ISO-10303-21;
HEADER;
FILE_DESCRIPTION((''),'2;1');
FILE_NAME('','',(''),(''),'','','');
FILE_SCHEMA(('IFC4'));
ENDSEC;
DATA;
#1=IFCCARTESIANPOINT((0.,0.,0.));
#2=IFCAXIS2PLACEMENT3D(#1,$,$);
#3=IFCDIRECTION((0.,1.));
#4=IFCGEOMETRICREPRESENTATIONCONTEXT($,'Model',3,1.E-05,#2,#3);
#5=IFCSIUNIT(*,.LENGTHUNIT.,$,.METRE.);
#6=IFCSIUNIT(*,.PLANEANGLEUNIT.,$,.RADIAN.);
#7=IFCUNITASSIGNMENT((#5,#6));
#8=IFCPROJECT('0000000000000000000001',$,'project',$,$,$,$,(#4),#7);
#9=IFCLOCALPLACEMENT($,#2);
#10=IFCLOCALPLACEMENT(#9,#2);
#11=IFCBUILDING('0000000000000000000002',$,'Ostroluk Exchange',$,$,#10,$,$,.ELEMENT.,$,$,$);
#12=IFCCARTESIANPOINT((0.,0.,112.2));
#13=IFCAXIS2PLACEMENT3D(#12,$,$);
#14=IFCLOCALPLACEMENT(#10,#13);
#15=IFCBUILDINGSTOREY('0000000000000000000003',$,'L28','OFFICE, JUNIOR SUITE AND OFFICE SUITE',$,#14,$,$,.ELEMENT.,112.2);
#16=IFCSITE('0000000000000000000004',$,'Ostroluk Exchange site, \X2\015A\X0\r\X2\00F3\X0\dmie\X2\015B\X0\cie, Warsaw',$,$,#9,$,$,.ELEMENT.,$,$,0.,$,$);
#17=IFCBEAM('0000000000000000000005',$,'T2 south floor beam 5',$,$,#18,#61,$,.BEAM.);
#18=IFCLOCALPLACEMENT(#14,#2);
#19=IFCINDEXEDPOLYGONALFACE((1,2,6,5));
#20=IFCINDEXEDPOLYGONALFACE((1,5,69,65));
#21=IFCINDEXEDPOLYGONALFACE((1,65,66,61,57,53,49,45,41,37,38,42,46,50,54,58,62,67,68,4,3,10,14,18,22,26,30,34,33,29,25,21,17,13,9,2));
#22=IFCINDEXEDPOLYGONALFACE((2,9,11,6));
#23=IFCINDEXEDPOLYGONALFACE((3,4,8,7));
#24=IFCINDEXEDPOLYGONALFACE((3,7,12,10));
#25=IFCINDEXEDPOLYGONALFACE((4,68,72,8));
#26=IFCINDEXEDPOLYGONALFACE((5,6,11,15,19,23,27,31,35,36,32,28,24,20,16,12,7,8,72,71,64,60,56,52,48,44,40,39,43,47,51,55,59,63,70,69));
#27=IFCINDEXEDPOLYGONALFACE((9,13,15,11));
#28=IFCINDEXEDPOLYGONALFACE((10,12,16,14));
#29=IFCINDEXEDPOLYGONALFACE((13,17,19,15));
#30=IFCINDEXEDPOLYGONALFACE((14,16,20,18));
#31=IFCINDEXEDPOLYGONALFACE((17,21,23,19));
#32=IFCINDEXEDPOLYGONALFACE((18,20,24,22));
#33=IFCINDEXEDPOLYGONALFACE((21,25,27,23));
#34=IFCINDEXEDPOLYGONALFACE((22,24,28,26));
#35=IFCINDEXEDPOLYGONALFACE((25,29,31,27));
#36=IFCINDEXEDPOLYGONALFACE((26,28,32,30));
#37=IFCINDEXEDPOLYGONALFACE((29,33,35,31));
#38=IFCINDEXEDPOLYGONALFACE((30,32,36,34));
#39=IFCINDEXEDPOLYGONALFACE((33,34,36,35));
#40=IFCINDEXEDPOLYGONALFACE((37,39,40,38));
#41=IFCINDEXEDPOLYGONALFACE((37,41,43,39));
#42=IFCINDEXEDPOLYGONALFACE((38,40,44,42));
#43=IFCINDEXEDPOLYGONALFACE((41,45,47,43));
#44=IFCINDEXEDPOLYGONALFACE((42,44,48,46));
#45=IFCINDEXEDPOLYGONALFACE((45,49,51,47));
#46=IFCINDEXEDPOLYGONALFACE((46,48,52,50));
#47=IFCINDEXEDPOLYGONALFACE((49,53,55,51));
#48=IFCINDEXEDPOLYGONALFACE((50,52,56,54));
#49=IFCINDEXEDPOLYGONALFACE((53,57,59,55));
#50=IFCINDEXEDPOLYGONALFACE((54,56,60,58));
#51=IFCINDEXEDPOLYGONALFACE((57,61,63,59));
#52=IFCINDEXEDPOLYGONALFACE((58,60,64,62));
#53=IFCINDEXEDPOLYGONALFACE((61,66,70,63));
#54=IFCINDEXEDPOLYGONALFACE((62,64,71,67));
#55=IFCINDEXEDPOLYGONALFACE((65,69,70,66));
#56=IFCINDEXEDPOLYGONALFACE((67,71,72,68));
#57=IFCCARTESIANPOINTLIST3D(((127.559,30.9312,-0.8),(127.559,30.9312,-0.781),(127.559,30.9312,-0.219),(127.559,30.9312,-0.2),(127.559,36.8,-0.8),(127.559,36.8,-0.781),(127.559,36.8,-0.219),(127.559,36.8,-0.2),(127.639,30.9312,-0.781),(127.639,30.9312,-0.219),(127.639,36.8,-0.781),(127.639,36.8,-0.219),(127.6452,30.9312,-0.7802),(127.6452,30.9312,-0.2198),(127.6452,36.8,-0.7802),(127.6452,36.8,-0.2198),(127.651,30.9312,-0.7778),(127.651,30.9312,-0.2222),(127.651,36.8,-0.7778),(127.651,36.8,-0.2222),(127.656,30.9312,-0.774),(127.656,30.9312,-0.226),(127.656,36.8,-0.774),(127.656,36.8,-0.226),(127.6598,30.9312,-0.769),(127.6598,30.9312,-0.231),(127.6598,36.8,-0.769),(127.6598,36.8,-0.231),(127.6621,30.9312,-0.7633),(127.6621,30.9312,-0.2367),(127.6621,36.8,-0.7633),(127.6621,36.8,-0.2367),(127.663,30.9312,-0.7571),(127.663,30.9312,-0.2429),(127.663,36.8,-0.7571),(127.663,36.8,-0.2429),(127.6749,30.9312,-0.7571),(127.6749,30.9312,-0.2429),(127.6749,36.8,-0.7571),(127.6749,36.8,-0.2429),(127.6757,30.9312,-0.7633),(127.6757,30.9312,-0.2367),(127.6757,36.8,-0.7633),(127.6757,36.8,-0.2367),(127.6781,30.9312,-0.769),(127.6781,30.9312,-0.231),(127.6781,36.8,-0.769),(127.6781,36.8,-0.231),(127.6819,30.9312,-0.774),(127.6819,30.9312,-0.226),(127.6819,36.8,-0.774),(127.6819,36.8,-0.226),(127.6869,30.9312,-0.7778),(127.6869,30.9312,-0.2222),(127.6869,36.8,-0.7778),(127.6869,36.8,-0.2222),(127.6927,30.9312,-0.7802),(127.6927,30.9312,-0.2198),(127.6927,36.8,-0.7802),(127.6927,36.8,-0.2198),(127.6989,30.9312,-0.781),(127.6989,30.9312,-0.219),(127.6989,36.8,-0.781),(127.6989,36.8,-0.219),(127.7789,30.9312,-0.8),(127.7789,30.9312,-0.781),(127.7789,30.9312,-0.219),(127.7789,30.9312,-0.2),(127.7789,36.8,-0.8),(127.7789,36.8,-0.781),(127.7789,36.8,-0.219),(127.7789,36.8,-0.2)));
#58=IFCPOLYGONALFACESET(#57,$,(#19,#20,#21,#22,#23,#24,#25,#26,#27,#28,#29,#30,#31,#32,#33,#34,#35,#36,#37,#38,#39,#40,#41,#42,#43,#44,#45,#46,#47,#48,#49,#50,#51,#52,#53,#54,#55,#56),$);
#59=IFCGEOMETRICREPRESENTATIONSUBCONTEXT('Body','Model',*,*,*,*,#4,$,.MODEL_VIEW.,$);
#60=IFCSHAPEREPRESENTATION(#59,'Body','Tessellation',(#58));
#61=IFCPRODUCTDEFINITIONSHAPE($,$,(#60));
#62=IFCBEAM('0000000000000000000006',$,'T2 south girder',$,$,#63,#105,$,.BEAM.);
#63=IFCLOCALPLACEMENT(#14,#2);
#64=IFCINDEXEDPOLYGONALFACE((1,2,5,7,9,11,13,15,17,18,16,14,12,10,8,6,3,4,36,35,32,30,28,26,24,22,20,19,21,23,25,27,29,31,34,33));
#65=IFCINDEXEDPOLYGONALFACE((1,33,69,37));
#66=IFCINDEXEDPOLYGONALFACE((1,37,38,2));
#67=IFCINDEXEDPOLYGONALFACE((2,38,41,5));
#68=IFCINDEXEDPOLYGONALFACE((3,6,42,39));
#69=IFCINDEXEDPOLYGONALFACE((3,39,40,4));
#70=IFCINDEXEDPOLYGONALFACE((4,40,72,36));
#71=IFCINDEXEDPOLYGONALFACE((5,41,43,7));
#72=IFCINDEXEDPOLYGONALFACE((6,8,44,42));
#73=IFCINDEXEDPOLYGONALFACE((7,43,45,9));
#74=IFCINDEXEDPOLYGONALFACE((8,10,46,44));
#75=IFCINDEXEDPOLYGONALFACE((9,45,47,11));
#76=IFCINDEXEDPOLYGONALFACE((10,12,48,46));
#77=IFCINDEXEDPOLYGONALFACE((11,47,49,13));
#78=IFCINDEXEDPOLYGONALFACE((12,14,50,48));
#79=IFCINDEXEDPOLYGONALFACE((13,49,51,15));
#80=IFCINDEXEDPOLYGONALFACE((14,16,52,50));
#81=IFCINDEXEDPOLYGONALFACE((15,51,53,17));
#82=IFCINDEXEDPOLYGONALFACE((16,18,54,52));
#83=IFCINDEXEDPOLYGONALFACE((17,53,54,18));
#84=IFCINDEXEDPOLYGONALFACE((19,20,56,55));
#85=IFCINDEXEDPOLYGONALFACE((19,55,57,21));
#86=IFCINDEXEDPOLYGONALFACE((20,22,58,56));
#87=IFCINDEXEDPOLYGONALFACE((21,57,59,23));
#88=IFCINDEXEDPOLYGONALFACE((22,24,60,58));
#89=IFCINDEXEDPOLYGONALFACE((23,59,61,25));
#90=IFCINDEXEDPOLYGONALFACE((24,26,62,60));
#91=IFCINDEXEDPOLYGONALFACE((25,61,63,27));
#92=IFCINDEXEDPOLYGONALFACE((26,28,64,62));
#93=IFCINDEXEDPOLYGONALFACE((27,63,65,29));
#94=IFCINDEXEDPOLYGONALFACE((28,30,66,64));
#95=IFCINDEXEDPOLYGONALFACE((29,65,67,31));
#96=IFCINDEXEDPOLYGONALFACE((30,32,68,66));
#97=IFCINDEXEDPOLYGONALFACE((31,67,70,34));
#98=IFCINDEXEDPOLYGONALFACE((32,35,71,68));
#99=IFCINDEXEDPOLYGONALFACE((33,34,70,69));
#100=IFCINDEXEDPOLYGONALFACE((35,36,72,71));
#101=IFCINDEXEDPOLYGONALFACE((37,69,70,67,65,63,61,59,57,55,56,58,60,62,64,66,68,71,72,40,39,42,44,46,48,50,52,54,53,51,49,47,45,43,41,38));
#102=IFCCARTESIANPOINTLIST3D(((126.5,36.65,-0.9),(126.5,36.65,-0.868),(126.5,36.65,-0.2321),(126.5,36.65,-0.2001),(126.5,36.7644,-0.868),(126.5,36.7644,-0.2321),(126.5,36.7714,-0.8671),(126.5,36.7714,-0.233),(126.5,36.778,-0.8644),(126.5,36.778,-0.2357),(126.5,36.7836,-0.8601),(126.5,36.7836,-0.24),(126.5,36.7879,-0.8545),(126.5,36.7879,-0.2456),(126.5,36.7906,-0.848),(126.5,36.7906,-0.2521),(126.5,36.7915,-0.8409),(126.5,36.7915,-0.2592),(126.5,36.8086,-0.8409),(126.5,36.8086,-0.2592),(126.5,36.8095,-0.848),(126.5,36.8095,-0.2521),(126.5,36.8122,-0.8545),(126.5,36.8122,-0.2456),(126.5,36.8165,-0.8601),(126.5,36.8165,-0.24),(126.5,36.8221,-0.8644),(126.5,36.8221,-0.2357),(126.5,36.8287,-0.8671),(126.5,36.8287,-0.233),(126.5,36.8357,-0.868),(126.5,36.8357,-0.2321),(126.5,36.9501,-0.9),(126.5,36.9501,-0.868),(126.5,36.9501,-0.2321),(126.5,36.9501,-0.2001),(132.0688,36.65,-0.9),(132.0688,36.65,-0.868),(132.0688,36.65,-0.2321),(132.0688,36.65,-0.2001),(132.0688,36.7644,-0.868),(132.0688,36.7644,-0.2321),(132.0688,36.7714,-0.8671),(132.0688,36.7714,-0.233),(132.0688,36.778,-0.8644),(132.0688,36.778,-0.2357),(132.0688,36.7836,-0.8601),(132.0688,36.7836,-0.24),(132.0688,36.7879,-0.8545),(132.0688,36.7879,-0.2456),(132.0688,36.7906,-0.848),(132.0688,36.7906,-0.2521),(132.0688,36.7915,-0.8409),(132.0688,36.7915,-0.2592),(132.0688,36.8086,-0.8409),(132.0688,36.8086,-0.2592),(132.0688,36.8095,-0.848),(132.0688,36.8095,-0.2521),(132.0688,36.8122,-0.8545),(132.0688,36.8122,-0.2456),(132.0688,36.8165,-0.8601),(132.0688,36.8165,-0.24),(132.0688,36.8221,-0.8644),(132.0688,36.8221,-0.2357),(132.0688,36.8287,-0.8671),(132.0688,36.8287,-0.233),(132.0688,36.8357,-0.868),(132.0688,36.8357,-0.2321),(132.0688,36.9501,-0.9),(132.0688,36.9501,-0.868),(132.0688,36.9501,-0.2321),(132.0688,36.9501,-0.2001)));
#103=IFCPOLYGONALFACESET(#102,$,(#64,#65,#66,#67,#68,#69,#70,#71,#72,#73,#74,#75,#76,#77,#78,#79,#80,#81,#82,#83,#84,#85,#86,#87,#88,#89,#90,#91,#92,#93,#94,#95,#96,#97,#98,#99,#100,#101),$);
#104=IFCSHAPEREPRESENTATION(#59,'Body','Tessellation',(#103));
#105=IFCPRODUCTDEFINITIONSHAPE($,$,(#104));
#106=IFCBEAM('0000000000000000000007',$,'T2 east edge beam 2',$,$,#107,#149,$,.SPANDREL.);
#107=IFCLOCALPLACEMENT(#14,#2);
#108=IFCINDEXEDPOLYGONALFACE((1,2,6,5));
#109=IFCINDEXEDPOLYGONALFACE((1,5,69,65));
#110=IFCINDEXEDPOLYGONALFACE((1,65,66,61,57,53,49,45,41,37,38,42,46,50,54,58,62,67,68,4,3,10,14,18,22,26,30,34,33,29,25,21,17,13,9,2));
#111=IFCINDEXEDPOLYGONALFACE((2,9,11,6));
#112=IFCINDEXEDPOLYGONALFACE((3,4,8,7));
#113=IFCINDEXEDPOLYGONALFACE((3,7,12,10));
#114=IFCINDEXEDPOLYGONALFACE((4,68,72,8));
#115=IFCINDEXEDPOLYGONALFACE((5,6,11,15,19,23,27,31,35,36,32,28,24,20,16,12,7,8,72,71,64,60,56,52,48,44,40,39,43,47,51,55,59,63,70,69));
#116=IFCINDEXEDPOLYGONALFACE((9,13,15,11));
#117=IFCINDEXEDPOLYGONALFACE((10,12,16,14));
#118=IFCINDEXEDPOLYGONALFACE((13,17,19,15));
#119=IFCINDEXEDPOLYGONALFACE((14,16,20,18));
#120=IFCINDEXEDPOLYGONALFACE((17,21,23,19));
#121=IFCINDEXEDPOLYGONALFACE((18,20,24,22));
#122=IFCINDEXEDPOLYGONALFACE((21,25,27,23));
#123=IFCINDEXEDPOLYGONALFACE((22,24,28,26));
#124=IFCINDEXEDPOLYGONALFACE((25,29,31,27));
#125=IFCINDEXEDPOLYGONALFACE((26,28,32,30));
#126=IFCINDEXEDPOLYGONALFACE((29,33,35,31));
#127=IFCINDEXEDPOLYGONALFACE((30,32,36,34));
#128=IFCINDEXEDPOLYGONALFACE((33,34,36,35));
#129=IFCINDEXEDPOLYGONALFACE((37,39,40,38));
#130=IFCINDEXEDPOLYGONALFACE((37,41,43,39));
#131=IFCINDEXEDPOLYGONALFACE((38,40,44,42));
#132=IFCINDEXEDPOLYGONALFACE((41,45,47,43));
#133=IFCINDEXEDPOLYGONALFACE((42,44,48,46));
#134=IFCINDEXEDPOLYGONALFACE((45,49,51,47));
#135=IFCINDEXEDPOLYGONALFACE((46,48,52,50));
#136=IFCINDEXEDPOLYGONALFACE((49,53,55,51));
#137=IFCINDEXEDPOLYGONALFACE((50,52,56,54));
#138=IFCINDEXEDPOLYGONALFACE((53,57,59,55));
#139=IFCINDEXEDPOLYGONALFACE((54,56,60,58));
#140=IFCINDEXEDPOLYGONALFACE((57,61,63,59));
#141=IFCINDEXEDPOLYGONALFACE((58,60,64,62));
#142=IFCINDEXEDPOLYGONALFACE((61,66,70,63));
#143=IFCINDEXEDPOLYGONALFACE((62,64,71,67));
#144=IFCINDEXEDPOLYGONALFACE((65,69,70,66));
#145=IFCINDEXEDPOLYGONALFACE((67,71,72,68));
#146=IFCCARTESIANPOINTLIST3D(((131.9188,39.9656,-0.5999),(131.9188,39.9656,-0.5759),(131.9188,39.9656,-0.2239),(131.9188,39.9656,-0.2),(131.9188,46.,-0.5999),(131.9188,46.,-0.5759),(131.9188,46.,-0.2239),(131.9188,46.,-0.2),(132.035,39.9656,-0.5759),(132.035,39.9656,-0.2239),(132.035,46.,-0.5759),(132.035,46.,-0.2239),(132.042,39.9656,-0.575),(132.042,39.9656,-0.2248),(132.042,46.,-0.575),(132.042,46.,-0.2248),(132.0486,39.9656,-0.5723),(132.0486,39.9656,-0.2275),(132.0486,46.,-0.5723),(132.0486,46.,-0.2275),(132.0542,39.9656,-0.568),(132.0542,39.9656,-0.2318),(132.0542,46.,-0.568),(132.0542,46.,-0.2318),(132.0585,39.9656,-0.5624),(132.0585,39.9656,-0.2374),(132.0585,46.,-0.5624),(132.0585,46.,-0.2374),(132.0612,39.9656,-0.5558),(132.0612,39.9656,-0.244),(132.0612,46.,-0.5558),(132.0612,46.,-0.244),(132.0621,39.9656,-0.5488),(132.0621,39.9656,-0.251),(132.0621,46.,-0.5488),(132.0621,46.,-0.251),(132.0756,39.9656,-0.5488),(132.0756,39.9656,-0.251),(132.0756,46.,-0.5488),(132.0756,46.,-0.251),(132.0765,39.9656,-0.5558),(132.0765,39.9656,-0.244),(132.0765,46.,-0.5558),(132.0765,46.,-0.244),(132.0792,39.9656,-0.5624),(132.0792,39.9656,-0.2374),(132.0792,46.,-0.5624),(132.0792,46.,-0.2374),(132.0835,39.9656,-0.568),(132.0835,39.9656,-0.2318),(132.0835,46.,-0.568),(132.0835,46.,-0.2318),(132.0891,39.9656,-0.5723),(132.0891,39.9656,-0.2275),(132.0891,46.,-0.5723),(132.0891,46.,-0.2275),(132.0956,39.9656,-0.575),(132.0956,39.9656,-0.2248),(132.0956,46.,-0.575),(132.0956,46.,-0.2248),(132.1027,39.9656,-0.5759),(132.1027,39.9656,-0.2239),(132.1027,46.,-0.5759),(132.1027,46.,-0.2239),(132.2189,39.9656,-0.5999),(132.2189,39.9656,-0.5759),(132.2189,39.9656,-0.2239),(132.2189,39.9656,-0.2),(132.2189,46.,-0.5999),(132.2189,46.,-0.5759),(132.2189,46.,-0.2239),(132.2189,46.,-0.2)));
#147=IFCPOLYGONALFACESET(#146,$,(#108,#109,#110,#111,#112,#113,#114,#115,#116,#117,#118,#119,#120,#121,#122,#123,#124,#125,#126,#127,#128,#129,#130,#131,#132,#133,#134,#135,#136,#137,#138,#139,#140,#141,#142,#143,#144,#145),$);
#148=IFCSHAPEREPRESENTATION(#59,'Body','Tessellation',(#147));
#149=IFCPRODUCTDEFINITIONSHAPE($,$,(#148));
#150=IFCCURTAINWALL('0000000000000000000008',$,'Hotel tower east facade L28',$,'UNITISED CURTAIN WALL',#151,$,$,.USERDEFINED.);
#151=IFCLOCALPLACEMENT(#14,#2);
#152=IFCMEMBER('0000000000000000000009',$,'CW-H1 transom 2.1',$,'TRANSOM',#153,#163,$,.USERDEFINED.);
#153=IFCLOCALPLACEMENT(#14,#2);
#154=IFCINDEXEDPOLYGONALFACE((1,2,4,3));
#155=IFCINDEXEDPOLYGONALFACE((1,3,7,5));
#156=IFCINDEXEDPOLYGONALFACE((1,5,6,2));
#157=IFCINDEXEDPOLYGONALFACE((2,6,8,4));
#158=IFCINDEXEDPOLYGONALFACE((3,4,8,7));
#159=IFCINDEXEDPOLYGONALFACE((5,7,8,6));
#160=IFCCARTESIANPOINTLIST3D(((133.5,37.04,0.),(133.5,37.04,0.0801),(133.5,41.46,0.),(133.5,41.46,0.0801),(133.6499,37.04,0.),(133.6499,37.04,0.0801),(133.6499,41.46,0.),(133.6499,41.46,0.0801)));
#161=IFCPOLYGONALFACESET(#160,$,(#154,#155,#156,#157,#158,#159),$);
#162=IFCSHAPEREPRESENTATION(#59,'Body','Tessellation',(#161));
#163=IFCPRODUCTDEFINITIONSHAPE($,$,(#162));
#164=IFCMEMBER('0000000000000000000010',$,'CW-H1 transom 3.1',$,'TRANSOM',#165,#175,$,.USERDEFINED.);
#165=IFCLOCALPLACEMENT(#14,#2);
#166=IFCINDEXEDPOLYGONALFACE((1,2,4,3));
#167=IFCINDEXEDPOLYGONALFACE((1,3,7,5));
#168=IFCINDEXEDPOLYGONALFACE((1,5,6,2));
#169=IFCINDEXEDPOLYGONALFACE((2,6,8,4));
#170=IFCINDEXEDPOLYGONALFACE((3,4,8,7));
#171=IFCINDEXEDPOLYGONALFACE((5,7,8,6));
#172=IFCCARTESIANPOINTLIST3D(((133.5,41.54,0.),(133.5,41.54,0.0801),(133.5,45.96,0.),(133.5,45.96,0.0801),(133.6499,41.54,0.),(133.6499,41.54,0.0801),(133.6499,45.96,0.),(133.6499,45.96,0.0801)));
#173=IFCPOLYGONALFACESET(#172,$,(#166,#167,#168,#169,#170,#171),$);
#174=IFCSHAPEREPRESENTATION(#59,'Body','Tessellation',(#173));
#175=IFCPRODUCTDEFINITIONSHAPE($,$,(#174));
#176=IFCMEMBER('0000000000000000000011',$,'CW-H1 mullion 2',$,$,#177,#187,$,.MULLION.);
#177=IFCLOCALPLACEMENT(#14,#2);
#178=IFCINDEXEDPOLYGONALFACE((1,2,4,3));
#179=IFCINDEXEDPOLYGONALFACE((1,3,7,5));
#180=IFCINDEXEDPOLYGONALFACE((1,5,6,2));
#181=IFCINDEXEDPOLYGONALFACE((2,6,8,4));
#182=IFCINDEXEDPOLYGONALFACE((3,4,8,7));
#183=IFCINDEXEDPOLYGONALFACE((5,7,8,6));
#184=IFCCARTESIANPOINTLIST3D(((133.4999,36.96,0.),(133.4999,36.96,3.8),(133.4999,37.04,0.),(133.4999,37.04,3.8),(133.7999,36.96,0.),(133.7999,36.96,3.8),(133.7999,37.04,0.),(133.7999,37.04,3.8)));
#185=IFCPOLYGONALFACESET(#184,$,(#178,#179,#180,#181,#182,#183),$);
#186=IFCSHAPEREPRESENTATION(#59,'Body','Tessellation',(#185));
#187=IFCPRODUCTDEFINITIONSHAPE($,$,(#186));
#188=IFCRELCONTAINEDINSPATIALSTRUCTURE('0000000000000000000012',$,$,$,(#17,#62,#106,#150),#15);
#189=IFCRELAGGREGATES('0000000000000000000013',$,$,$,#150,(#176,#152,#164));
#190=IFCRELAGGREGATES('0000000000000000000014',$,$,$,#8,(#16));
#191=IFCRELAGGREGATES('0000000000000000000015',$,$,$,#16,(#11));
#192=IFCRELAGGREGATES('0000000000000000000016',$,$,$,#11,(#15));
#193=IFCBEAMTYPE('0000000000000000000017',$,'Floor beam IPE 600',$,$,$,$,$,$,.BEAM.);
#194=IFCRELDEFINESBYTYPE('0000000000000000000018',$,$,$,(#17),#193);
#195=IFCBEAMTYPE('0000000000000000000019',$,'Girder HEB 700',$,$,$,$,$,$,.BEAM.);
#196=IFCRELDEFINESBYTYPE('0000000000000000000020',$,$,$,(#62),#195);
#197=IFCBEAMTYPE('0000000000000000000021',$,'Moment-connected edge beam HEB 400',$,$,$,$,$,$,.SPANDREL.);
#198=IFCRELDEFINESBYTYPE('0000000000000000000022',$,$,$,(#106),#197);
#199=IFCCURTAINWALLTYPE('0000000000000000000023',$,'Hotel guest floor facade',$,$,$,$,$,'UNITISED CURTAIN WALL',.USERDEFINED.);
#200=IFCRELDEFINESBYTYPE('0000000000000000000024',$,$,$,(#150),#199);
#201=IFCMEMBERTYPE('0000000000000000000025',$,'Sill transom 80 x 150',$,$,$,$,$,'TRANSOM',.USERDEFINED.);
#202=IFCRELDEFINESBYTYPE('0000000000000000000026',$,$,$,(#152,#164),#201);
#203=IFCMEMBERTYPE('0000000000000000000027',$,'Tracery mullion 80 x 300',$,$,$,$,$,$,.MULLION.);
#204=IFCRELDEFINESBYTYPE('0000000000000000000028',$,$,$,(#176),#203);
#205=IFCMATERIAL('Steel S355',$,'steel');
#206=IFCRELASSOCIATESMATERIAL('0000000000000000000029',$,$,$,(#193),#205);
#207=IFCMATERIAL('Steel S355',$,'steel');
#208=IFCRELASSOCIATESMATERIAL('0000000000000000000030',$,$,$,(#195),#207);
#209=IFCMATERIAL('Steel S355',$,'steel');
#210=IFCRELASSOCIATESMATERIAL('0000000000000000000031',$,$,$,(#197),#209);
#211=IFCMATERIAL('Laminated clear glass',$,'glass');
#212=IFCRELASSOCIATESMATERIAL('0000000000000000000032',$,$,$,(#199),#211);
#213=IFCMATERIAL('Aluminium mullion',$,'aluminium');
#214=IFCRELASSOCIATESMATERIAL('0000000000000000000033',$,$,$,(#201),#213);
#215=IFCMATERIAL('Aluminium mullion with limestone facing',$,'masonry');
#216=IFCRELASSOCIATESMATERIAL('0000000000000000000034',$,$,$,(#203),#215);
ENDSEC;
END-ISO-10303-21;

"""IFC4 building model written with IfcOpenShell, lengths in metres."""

from ifc_helpers import new_model, si_unit, direction, frame, origin, origin_2d, place, context, subcontext, project, spatial, rectangle, i_section, extrude, material, material_profile, profile_set, type_object, element, aggregate, save


model = new_model("IFC4")

# Units and contexts
model_context = context("Model", 3, precision=1e-05, world=origin(), true_north=direction((0.0, 1.0)))
body_context = subcontext(model_context, "Body", "Model", "MODEL_VIEW")
ifc_project = project(units=[si_unit("LENGTHUNIT", "METRE"), si_unit("PLANEANGLEUNIT", "RADIAN")], contexts=[model_context])

# Site, building, storey
site_placement = place(None, origin())
site = spatial("IfcSite", under=ifc_project, at=site_placement, Name="Ostroluk Exchange site, Śródmieście, Warsaw", CompositionType="ELEMENT", RefElevation=0.0)
building_placement = place(site_placement, origin())
building = spatial("IfcBuilding", under=site, at=building_placement, Name="Ostroluk Exchange", CompositionType="ELEMENT")
storey_placement = place(building_placement, frame((0.0, 0.0, 112.2)))
storey = spatial("IfcBuildingStorey", under=building, at=storey_placement, Name="L28", Description="OFFICE, JUNIOR SUITE AND OFFICE SUITE", CompositionType="ELEMENT", Elevation=112.2)

# Beams
ifc_material_1 = material(Name="Steel S355", Category="steel")
ifc_material_profile_1 = material_profile(ifc_material_1, i_section(OverallWidth=0.22, OverallDepth=0.6001, WebThickness=0.012, FlangeThickness=0.019, FilletRadius=0.0239, at=origin_2d()), Name="IPE 600")
ifc_profile_set_1 = profile_set([ifc_material_profile_1], Name="Steel S355")
beam_type_1 = type_object("IfcBeamType", Name="Floor beam IPE 600", PredefinedType="BEAM", material=ifc_profile_set_1)
beam_1_placement = place(storey_placement, frame((127.6689, 36.8, -0.5), z_axis=(0.0, -1.0, 0.0), x_axis=(1.0, 0.0, 0.0)))
element("IfcBeam", 1, at=beam_1_placement, inside=storey, type_object=beam_type_1, Name="T2 south floor beam 5", PredefinedType="BEAM", context=body_context, shape_type="SweptSolid", body=[
    extrude(i_section(OverallWidth=0.22, OverallDepth=0.6001, WebThickness=0.012, FlangeThickness=0.019, FilletRadius=0.0239, at=origin_2d()), origin(), (0.0, 0.0, 1.0), 5.8689),
])
ifc_material_2 = material(Name="Steel S355", Category="steel")
ifc_material_profile_2 = material_profile(ifc_material_2, i_section(OverallWidth=0.3, OverallDepth=0.7, WebThickness=0.0171, FlangeThickness=0.032, FilletRadius=0.0271, at=origin_2d()), Name="HEB 700")
ifc_profile_set_2 = profile_set([ifc_material_profile_2], Name="Steel S355")
beam_type_2 = type_object("IfcBeamType", Name="Girder HEB 700", PredefinedType="BEAM", material=ifc_profile_set_2)
beam_2_placement = place(storey_placement, frame((126.5, 36.8, -0.55), z_axis=(1.0, 0.0, 0.0), x_axis=(0.0, 1.0, 0.0)))
element("IfcBeam", 2, at=beam_2_placement, inside=storey, type_object=beam_type_2, Name="T2 south girder", PredefinedType="BEAM", context=body_context, shape_type="SweptSolid", body=[
    extrude(i_section(OverallWidth=0.3, OverallDepth=0.7, WebThickness=0.0171, FlangeThickness=0.032, FilletRadius=0.0271, at=origin_2d()), origin(), (0.0, 0.0, 1.0), 5.5688),
])
ifc_material_3 = material(Name="Steel S355", Category="steel")
ifc_material_profile_3 = material_profile(ifc_material_3, i_section(OverallWidth=0.3, OverallDepth=0.3999, WebThickness=0.0134, FlangeThickness=0.0239, FilletRadius=0.0271, at=origin_2d()), Name="HEB 400")
ifc_profile_set_3 = profile_set([ifc_material_profile_3], Name="Steel S355")
beam_type_3 = type_object("IfcBeamType", Name="Moment-connected edge beam HEB 400", PredefinedType="SPANDREL", material=ifc_profile_set_3)
beam_3_placement = place(storey_placement, frame((132.0688, 39.9656, -0.3999), z_axis=(0.0, 1.0, 0.0), x_axis=(-1.0, 0.0, 0.0)))
element("IfcBeam", 3, at=beam_3_placement, inside=storey, type_object=beam_type_3, Name="T2 east edge beam 2", PredefinedType="SPANDREL", context=body_context, shape_type="SweptSolid", body=[
    extrude(i_section(OverallWidth=0.3, OverallDepth=0.3999, WebThickness=0.0134, FlangeThickness=0.0239, FilletRadius=0.0271, at=origin_2d()), origin(), (0.0, 0.0, 1.0), 6.0344),
])

# Curtain wall, members
ifc_material_4 = material(Name="Laminated clear glass", Category="glass")
curtain_wall_type = type_object("IfcCurtainWallType", Name="Hotel guest floor facade", ElementType="UNITISED CURTAIN WALL", PredefinedType="USERDEFINED", material=ifc_material_4)
curtain_wall_placement = place(storey_placement, origin())
curtain_wall = element("IfcCurtainWall", 4, at=curtain_wall_placement, inside=storey, type_object=curtain_wall_type, Name="Hotel tower east facade L28", ObjectType="UNITISED CURTAIN WALL", PredefinedType="USERDEFINED")
ifc_material_5 = material(Name="Aluminium mullion", Category="aluminium")
ifc_material_profile_4 = material_profile(ifc_material_5, rectangle(XDim=0.1499, YDim=0.0801, at=origin_2d()), Name="Sill transom 80 x 150")
ifc_profile_set_4 = profile_set([ifc_material_profile_4], Name="Aluminium mullion")
member_type_1 = type_object("IfcMemberType", Name="Sill transom 80 x 150", ElementType="TRANSOM", PredefinedType="USERDEFINED", material=ifc_profile_set_4)
member_1_placement = place(storey_placement, frame((133.575, 37.04, 0.04), z_axis=(0.0, 1.0, 0.0), x_axis=(-1.0, 0.0, 0.0)))
member_1 = element("IfcMember", 5, at=member_1_placement, type_object=member_type_1, Name="CW-H1 transom 2.1", ObjectType="TRANSOM", PredefinedType="USERDEFINED", context=body_context, shape_type="SweptSolid", body=[
    extrude(rectangle(XDim=0.1499, YDim=0.0801, at=origin_2d()), origin(), (0.0, 0.0, 1.0), 4.4199),
])
member_2_placement = place(storey_placement, frame((133.575, 41.54, 0.04), z_axis=(0.0, 1.0, 0.0), x_axis=(-1.0, 0.0, 0.0)))
member_2 = element("IfcMember", 6, at=member_2_placement, type_object=member_type_1, Name="CW-H1 transom 3.1", ObjectType="TRANSOM", PredefinedType="USERDEFINED", context=body_context, shape_type="SweptSolid", body=[
    extrude(rectangle(XDim=0.1499, YDim=0.0801, at=origin_2d()), origin(), (0.0, 0.0, 1.0), 4.4199),
])
ifc_material_6 = material(Name="Aluminium mullion with limestone facing", Category="masonry")
ifc_material_profile_5 = material_profile(ifc_material_6, rectangle(XDim=0.3, YDim=0.0801, at=origin_2d()), Name="Tracery mullion 80 x 300")
ifc_profile_set_5 = profile_set([ifc_material_profile_5], Name="Aluminium mullion with limestone facing")
member_type_2 = type_object("IfcMemberType", Name="Tracery mullion 80 x 300", PredefinedType="MULLION", material=ifc_profile_set_5)
member_3_placement = place(storey_placement, frame((133.6499, 37.0, 0.0), z_axis=(0.0, 0.0, 1.0), x_axis=(-1.0, 0.0, 0.0)))
member_3 = element("IfcMember", 7, at=member_3_placement, type_object=member_type_2, Name="CW-H1 mullion 2", PredefinedType="MULLION", context=body_context, shape_type="SweptSolid", body=[
    extrude(rectangle(XDim=0.3, YDim=0.0801, at=origin_2d()), origin(), (0.0, 0.0, 1.0), 3.8),
])
aggregate(curtain_wall, [member_3, member_1, member_2])

save(model, "model.ifc")
